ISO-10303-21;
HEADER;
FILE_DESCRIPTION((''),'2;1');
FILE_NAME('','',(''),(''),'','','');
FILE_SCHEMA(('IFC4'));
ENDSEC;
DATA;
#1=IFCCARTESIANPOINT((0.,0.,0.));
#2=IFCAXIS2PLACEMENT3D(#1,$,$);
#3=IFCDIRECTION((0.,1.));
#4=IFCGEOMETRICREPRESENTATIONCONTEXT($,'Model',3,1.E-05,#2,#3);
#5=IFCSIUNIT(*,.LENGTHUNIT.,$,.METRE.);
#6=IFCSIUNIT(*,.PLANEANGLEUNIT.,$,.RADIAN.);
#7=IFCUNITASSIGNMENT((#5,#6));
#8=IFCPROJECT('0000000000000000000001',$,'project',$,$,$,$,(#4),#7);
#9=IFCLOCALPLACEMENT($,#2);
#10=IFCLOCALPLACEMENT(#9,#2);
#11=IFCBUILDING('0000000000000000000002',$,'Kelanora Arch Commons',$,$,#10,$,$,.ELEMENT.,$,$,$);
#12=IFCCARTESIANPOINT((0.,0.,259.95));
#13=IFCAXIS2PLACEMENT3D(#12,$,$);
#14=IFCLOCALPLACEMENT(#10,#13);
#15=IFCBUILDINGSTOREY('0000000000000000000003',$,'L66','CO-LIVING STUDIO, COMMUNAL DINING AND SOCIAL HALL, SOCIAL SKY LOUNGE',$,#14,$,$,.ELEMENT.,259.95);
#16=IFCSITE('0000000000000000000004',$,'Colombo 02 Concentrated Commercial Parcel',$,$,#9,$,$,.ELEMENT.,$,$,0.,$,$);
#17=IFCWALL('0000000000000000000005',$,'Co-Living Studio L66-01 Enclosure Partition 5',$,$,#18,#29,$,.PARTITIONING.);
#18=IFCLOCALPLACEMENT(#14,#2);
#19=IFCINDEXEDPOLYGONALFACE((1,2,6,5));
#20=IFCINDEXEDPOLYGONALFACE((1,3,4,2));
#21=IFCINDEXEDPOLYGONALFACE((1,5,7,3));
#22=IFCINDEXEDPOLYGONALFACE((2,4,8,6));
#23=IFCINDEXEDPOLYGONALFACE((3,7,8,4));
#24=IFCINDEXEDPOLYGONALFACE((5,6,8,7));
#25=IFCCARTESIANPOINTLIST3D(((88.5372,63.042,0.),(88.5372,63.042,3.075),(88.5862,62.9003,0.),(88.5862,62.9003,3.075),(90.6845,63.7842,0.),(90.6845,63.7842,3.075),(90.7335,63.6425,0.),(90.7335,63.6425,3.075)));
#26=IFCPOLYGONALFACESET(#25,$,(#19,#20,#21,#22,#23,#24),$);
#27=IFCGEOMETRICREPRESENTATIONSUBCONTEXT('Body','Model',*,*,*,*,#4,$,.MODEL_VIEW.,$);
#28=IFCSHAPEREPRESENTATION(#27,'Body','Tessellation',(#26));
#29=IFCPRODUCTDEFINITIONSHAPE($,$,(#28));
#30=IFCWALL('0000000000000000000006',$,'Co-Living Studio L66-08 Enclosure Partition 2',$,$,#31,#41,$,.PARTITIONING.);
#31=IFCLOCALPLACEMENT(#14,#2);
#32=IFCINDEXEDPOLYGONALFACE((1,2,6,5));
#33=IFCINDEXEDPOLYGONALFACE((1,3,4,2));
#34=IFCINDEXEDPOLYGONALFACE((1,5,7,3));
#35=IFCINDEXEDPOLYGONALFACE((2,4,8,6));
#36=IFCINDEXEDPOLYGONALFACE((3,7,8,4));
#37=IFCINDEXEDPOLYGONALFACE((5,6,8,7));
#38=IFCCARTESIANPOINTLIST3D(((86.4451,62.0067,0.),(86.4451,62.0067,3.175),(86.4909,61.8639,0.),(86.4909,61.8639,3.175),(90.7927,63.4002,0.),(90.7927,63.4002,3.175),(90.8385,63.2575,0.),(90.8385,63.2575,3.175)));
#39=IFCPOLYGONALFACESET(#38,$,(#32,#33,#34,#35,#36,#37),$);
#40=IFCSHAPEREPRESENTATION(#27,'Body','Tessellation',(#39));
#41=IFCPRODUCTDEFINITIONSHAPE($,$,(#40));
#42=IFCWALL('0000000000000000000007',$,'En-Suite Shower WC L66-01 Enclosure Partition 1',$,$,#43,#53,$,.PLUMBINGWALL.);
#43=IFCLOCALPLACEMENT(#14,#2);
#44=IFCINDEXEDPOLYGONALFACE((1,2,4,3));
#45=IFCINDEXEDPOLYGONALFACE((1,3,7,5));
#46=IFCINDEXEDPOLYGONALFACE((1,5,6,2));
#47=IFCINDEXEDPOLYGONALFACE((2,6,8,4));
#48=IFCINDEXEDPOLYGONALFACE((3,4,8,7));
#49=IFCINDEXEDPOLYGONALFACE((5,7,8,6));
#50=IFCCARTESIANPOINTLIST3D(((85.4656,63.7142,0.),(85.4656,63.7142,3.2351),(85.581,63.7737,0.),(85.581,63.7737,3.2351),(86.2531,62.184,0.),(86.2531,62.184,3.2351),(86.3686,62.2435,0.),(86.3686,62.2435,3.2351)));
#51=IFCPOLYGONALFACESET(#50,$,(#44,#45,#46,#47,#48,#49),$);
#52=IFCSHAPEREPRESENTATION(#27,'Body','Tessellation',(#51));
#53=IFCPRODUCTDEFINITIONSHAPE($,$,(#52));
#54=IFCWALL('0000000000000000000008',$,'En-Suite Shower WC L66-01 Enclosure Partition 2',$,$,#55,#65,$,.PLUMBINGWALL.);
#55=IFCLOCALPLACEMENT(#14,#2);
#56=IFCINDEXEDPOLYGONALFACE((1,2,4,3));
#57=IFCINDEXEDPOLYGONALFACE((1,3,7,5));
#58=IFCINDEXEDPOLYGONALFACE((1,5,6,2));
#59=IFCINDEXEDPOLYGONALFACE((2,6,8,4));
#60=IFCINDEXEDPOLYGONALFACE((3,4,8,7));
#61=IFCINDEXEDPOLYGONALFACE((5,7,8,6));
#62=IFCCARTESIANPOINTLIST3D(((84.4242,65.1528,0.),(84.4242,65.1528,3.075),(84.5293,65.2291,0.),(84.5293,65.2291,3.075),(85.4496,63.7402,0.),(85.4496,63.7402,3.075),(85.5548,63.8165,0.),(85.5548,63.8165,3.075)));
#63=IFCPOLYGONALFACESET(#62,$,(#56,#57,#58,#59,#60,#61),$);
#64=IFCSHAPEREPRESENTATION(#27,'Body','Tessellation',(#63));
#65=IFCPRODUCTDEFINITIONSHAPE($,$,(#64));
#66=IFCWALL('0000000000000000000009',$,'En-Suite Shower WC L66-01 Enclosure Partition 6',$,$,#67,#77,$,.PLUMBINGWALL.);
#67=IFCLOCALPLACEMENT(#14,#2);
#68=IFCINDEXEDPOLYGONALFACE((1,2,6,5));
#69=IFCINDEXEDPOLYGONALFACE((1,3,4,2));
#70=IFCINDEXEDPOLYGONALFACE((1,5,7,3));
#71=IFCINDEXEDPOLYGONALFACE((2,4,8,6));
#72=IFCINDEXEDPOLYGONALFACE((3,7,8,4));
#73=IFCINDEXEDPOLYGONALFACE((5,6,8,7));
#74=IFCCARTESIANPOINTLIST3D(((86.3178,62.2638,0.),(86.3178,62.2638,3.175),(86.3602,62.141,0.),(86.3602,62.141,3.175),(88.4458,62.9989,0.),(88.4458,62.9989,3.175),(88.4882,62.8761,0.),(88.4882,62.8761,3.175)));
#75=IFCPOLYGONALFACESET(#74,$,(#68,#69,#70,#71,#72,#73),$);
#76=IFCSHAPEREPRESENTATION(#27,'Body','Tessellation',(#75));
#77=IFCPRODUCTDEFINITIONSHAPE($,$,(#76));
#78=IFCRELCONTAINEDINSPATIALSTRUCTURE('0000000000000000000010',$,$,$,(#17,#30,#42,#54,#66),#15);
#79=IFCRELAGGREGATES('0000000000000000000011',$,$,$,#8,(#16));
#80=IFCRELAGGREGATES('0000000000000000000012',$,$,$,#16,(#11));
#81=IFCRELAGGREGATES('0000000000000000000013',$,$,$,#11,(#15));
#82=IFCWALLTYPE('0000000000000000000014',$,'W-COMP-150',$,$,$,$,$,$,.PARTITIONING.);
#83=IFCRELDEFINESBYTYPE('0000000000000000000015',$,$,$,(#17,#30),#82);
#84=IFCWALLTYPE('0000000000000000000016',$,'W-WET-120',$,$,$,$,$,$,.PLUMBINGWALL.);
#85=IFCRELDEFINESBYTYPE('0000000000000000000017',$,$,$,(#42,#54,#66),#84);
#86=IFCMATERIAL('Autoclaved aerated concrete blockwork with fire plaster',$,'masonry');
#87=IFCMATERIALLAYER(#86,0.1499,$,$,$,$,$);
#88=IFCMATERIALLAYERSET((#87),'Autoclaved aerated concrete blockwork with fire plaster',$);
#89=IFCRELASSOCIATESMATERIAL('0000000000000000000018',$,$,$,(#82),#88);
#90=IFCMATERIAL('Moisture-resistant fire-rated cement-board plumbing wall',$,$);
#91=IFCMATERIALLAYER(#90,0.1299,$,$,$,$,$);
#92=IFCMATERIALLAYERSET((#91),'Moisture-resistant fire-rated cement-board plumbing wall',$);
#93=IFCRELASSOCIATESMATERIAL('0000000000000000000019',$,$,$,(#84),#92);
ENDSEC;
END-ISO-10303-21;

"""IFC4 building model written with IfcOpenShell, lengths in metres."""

from ifc_helpers import new_model, si_unit, direction, frame, frame_2d, origin, place, context, subcontext, project, spatial, rectangle, extrude, material, layer, layer_set, type_object, element, save


model = new_model("IFC4")

# Units and contexts
model_context = context("Model", 3, precision=1e-05, world=origin(), true_north=direction((0.0, 1.0)))
body_context = subcontext(model_context, "Body", "Model", "MODEL_VIEW")
ifc_project = project(units=[si_unit("LENGTHUNIT", "METRE"), si_unit("PLANEANGLEUNIT", "RADIAN")], contexts=[model_context])

# Site, building, storey
site_placement = place(None, origin())
site = spatial("IfcSite", under=ifc_project, at=site_placement, Name="Colombo 02 Concentrated Commercial Parcel", CompositionType="ELEMENT", RefElevation=0.0)
building_placement = place(site_placement, origin())
building = spatial("IfcBuilding", under=site, at=building_placement, Name="Kelanora Arch Commons", CompositionType="ELEMENT")
storey_placement = place(building_placement, frame((0.0, 0.0, 259.95)))
storey = spatial("IfcBuildingStorey", under=building, at=storey_placement, Name="L66", Description="CO-LIVING STUDIO, COMMUNAL DINING AND SOCIAL HALL, SOCIAL SKY LOUNGE", CompositionType="ELEMENT", Elevation=259.95)

# Walls
ifc_material_1 = material(Name="Autoclaved aerated concrete blockwork with fire plaster", Category="masonry")
ifc_layer_1 = layer(ifc_material_1, 0.1499)
ifc_layer_set_1 = layer_set([ifc_layer_1], Name="Autoclaved aerated concrete blockwork with fire plaster")
wall_type_1 = type_object("IfcWallType", Name="W-COMP-150", PredefinedType="PARTITIONING", material=ifc_layer_set_1)
wall_1_placement = place(storey_placement, frame((90.709, 63.7134, 0.0), z_axis=(0.0, 0.0, 1.0), x_axis=(-0.945133, -0.326686, 0.0)))
element("IfcWall", 1, at=wall_1_placement, inside=storey, type_object=wall_type_1, Name="Co-Living Studio L66-01 Enclosure Partition 5", PredefinedType="PARTITIONING", context=body_context, shape_type="SweptSolid", body=[
    extrude(rectangle(XDim=2.272, YDim=0.1499, at=frame_2d((1.136, 0.0))), origin(), (0.0, 0.0, 1.0), 3.075),
])
wall_2_placement = place(storey_placement, frame((86.468, 61.9353, 0.0), z_axis=(0.0, 0.0, 1.0), x_axis=(0.952278, 0.305234, 0.0)))
element("IfcWall", 2, at=wall_2_placement, inside=storey, type_object=wall_type_1, Name="Co-Living Studio L66-08 Enclosure Partition 2", PredefinedType="PARTITIONING", context=body_context, shape_type="SweptSolid", body=[
    extrude(rectangle(XDim=4.5654, YDim=0.1499, at=frame_2d((2.2827, 0.0))), origin(), (0.0, 0.0, 1.0), 3.175),
])
ifc_material_2 = material(Name="Moisture-resistant fire-rated cement-board plumbing wall")
ifc_layer_2 = layer(ifc_material_2, 0.1299)
ifc_layer_set_2 = layer_set([ifc_layer_2], Name="Moisture-resistant fire-rated cement-board plumbing wall")
wall_type_2 = type_object("IfcWallType", Name="W-WET-120", PredefinedType="PLUMBINGWALL", material=ifc_layer_set_2)
wall_3_placement = place(storey_placement, frame((86.3108, 62.2139, 0.0), z_axis=(0.0, 0.0, 1.0), x_axis=(-0.457624, 0.889146, 0.0)))
element("IfcWall", 3, at=wall_3_placement, inside=storey, type_object=wall_type_2, Name="En-Suite Shower WC L66-01 Enclosure Partition 1", PredefinedType="PLUMBINGWALL", context=body_context, shape_type="SweptSolid", body=[
    extrude(rectangle(XDim=1.7209, YDim=0.1299, at=frame_2d((0.8604, 0.0))), origin(), (0.0, 0.0, 1.0), 3.2351),
])
wall_4_placement = place(storey_placement, frame((85.5022, 63.7783, 0.0), z_axis=(0.0, 0.0, 1.0), x_axis=(-0.58744, 0.809268, 0.0)))
element("IfcWall", 4, at=wall_4_placement, inside=storey, type_object=wall_type_2, Name="En-Suite Shower WC L66-01 Enclosure Partition 2", PredefinedType="PLUMBINGWALL", context=body_context, shape_type="SweptSolid", body=[
    extrude(rectangle(XDim=1.7456, YDim=0.1299, at=frame_2d((0.8728, 0.0))), origin(), (0.0, 0.0, 1.0), 3.075),
])
wall_5_placement = place(storey_placement, frame((88.467, 62.9375, 0.0), z_axis=(0.0, 0.0, 1.0), x_axis=(-0.945201, -0.326489, 0.0)))
element("IfcWall", 5, at=wall_5_placement, inside=storey, type_object=wall_type_2, Name="En-Suite Shower WC L66-01 Enclosure Partition 6", PredefinedType="PLUMBINGWALL", context=body_context, shape_type="SweptSolid", body=[
    extrude(rectangle(XDim=2.2515, YDim=0.1299, at=frame_2d((1.1257, 0.0))), origin(), (0.0, 0.0, 1.0), 3.175),
])

save(model, "model.ifc")
